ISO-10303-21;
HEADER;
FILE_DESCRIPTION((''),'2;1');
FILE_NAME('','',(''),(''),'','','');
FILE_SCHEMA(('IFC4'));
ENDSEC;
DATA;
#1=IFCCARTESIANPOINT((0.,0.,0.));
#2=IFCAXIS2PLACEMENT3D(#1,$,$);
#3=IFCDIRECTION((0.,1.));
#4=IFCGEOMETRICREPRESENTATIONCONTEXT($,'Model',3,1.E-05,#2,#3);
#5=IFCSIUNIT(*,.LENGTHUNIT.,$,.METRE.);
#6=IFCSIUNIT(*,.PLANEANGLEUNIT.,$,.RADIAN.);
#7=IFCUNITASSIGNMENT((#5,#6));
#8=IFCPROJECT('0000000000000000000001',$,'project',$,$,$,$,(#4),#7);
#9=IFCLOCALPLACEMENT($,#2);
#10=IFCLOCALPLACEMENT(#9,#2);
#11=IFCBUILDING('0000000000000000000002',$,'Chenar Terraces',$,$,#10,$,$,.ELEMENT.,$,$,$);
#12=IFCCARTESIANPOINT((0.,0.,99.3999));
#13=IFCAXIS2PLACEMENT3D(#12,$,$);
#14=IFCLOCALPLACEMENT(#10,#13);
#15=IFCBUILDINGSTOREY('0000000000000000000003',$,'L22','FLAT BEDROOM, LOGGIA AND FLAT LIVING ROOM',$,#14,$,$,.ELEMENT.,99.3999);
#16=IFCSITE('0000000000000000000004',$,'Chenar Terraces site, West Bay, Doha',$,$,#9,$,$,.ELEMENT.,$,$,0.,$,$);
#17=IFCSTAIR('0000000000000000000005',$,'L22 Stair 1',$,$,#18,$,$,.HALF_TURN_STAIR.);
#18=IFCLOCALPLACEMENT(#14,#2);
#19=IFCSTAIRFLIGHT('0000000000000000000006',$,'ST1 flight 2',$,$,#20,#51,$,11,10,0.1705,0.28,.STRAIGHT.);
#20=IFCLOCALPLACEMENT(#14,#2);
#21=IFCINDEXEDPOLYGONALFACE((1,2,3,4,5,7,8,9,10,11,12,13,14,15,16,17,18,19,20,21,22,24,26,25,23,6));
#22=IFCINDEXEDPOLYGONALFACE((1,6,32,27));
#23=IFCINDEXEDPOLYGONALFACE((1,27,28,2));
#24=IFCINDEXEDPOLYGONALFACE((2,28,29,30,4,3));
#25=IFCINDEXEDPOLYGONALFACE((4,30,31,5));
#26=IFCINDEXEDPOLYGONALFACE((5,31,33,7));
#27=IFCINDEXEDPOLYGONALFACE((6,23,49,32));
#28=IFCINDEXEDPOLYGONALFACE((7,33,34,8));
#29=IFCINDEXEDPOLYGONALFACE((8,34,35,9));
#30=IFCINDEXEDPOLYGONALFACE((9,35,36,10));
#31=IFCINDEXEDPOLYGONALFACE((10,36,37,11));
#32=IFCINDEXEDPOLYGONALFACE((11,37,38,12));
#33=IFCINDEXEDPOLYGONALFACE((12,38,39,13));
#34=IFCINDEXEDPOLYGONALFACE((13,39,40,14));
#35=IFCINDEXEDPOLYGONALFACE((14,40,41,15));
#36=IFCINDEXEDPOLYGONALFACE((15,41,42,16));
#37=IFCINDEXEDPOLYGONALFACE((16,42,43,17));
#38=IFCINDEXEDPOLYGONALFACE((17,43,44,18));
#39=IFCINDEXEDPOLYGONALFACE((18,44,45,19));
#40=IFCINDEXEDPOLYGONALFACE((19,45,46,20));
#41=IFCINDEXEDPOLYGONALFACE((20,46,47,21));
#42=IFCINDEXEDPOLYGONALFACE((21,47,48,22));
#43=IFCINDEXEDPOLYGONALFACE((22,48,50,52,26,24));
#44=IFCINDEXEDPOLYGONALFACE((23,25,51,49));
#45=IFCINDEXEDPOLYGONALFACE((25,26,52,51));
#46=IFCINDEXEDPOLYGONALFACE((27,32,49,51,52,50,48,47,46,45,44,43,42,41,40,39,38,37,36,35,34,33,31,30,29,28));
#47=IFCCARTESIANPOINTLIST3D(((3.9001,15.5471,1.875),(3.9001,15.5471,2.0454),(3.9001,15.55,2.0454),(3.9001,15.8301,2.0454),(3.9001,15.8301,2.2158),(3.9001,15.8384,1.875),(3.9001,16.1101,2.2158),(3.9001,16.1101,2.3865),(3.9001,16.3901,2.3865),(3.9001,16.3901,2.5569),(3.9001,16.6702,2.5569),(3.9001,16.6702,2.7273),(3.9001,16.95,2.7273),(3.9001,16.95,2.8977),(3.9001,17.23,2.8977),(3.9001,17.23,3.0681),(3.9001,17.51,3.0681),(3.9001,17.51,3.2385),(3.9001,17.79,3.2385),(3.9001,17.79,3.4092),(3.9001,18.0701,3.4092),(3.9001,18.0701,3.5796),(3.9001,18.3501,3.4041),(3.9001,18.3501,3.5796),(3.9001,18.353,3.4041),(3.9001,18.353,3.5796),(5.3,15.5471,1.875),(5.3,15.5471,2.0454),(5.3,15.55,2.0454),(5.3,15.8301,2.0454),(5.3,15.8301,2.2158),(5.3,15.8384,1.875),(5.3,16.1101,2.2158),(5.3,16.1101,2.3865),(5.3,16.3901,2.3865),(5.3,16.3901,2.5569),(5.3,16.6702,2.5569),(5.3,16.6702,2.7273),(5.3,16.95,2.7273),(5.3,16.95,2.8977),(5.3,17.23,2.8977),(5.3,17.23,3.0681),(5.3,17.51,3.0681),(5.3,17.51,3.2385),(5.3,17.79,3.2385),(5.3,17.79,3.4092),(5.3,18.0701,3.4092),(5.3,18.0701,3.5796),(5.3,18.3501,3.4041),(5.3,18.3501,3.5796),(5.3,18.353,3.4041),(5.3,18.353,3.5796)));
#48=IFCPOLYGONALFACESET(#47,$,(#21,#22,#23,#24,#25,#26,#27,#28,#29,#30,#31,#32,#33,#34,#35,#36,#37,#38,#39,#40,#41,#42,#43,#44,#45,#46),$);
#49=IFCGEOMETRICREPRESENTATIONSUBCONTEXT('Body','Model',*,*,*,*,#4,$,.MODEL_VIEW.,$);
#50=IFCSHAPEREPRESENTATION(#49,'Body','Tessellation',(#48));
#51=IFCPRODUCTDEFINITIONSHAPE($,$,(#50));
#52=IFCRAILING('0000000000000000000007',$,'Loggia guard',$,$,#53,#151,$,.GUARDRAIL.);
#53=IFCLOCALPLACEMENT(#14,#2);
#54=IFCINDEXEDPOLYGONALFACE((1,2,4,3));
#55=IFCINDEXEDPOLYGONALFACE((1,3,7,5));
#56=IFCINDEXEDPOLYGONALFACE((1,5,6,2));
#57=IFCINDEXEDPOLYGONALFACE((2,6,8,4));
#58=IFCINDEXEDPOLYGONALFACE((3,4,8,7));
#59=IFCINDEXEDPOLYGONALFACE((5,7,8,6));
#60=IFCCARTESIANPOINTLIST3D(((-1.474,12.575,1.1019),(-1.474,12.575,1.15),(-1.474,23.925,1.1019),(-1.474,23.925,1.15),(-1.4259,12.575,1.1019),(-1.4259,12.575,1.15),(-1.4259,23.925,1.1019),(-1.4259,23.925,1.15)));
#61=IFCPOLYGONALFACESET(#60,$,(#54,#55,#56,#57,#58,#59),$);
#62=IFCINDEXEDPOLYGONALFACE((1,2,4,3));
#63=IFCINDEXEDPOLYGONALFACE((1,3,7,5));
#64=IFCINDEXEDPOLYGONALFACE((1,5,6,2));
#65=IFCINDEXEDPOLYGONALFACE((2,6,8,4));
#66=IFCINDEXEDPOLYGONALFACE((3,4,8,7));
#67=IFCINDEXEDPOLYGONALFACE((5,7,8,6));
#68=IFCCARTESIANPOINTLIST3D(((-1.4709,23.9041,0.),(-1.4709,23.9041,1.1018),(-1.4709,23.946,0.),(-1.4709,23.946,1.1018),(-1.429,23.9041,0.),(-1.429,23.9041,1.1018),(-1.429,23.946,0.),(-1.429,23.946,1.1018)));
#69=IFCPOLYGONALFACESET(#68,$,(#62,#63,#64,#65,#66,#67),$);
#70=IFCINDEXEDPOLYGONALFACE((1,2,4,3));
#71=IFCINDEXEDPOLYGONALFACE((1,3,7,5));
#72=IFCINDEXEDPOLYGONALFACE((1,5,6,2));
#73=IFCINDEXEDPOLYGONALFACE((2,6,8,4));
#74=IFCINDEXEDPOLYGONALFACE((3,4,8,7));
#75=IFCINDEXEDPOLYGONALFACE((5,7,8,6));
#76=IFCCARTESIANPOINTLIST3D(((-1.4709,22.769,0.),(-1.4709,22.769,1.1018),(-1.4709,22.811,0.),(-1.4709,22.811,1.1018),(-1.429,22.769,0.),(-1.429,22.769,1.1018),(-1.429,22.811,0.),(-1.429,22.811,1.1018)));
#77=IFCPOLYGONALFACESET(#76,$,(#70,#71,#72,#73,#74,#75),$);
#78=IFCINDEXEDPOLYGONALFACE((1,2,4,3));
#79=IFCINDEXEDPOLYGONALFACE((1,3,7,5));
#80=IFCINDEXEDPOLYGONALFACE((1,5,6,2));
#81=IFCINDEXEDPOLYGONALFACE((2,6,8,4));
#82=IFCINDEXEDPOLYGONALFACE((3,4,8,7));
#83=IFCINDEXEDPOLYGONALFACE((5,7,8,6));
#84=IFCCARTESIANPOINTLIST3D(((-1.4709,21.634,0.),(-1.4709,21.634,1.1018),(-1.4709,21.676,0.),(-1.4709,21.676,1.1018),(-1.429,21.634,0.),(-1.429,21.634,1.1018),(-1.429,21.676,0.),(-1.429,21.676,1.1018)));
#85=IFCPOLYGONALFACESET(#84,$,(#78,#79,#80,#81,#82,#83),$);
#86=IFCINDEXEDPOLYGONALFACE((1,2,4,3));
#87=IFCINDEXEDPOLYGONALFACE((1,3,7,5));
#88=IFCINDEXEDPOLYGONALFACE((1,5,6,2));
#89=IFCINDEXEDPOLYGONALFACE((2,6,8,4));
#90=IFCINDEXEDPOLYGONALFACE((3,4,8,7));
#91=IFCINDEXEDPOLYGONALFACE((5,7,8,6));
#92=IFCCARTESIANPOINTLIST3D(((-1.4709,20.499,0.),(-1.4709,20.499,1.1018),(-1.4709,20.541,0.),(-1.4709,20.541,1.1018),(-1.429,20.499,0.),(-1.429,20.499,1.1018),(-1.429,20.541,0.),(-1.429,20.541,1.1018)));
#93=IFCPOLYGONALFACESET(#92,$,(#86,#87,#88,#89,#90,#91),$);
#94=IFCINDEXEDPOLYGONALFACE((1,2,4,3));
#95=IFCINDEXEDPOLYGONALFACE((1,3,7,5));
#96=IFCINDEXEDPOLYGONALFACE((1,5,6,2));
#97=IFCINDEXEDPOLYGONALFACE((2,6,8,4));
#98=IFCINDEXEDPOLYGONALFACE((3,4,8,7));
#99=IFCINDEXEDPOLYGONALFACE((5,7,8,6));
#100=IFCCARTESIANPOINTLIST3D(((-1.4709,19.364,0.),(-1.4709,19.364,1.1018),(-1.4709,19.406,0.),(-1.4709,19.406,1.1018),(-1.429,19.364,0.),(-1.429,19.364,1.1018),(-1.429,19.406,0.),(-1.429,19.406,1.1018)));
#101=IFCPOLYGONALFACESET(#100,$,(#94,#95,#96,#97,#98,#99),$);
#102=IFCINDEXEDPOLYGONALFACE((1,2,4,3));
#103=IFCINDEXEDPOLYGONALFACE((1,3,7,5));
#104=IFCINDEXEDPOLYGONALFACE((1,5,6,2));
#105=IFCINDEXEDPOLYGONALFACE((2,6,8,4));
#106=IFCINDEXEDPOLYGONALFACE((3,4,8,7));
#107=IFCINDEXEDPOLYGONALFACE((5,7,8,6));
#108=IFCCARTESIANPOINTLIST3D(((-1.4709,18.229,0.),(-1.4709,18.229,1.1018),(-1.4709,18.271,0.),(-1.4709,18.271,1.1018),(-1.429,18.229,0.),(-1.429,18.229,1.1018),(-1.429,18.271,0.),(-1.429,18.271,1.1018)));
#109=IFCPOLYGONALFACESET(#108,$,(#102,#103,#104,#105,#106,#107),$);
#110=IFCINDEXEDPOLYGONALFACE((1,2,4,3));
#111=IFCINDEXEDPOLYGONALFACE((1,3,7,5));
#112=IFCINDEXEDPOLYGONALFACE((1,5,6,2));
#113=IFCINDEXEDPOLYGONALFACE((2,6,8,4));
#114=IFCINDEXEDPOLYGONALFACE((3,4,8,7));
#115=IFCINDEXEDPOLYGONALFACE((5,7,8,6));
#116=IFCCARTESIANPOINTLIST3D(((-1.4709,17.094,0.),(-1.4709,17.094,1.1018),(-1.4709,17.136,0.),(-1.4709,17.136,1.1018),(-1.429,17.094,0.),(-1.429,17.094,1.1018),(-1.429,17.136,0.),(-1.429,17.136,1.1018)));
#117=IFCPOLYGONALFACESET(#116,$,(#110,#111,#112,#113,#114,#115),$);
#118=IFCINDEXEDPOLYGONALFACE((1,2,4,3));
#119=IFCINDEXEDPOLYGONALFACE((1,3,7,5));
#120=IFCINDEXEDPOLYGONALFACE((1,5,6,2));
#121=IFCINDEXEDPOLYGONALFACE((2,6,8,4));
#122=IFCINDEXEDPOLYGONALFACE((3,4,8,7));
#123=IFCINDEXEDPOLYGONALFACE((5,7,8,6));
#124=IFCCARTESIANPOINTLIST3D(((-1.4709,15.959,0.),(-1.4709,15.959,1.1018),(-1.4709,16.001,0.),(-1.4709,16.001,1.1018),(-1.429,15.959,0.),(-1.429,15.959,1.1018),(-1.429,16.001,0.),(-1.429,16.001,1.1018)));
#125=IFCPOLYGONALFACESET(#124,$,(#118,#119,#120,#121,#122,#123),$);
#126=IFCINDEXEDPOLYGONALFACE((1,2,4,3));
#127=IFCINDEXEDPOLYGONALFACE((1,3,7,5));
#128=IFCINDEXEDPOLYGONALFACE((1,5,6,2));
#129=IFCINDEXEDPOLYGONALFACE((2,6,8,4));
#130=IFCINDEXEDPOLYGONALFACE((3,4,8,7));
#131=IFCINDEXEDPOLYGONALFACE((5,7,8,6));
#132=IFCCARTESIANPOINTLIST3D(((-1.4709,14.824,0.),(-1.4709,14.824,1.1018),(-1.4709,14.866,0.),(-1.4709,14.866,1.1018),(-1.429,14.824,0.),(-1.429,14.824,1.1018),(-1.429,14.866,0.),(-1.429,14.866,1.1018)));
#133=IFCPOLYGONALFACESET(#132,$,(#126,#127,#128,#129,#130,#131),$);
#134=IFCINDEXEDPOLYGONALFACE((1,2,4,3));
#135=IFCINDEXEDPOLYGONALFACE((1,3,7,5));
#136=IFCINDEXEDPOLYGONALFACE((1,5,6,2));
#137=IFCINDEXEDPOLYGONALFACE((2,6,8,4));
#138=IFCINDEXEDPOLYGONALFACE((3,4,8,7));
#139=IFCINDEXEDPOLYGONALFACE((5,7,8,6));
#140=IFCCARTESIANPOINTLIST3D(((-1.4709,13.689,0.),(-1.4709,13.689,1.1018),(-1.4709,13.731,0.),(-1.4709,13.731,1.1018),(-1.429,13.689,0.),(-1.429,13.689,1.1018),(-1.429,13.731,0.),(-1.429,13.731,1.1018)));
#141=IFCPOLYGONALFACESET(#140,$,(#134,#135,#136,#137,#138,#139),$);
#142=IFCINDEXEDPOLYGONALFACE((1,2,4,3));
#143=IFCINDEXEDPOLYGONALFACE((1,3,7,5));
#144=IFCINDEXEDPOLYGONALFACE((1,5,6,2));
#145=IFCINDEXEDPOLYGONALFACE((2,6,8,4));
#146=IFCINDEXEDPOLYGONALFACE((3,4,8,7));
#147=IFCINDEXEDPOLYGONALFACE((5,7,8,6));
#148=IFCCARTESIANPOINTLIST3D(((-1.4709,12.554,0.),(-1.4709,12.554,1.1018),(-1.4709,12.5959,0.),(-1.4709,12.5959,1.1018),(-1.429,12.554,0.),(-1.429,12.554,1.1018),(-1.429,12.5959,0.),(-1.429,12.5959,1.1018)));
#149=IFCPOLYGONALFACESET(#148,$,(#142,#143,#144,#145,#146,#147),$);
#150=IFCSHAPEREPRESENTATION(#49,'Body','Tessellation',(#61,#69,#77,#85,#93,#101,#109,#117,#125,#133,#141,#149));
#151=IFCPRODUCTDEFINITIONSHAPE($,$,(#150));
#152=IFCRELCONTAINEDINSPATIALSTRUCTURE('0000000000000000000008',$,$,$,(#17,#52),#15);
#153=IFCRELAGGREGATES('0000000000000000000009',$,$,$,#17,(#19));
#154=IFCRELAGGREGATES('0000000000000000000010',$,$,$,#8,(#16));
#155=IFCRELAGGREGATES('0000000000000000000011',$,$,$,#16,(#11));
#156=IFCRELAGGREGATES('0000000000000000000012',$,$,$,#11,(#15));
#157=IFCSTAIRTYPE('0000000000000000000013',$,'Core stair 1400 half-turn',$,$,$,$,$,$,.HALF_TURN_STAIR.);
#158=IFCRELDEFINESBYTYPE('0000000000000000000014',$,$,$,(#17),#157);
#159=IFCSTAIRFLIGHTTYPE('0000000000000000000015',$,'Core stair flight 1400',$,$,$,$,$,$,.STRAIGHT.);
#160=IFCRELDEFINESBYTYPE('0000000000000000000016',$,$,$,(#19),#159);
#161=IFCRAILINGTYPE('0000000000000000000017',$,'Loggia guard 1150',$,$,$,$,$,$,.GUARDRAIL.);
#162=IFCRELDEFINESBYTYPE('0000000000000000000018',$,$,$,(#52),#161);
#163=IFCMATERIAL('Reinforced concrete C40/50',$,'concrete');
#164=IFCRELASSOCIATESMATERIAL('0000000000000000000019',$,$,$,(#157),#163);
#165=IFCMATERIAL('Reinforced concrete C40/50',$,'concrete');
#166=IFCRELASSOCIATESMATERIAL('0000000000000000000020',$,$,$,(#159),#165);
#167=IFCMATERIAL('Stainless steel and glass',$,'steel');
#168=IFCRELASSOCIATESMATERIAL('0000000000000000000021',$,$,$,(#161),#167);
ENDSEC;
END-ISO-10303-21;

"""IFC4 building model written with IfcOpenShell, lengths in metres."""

from ifc_helpers import new_model, si_unit, direction, frame, origin, origin_2d, place, context, subcontext, project, spatial, polyline, rectangle, outline, extrude, material, type_object, element, aggregate, save


model = new_model("IFC4")

# Units and contexts
model_context = context("Model", 3, precision=1e-05, world=origin(), true_north=direction((0.0, 1.0)))
body_context = subcontext(model_context, "Body", "Model", "MODEL_VIEW")
ifc_project = project(units=[si_unit("LENGTHUNIT", "METRE"), si_unit("PLANEANGLEUNIT", "RADIAN")], contexts=[model_context])

# Site, building, storey
site_placement = place(None, origin())
site = spatial("IfcSite", under=ifc_project, at=site_placement, Name="Chenar Terraces site, West Bay, Doha", CompositionType="ELEMENT", RefElevation=0.0)
building_placement = place(site_placement, origin())
building = spatial("IfcBuilding", under=site, at=building_placement, Name="Chenar Terraces", CompositionType="ELEMENT")
storey_placement = place(building_placement, frame((0.0, 0.0, 99.3999)))
storey = spatial("IfcBuildingStorey", under=building, at=storey_placement, Name="L22", Description="FLAT BEDROOM, LOGGIA AND FLAT LIVING ROOM", CompositionType="ELEMENT", Elevation=99.3999)

# Stair, stair flight
ifc_material_1 = material(Name="Reinforced concrete C40/50", Category="concrete")
stair_type = type_object("IfcStairType", Name="Core stair 1400 half-turn", PredefinedType="HALF_TURN_STAIR", material=ifc_material_1)
stair_placement = place(storey_placement, origin())
stair = element("IfcStair", 1, at=stair_placement, inside=storey, type_object=stair_type, Name="L22 Stair 1", PredefinedType="HALF_TURN_STAIR")
ifc_material_2 = material(Name="Reinforced concrete C40/50", Category="concrete")
stair_flight_type = type_object("IfcStairFlightType", Name="Core stair flight 1400", PredefinedType="STRAIGHT", material=ifc_material_2)
stair_flight_1_placement = place(storey_placement, frame((4.6001, 15.55, 1.875), z_axis=(0.0, 0.0, 1.0), x_axis=(0.0, 1.0, 0.0)))
stair_flight_1 = element("IfcStairFlight", 2, at=stair_flight_1_placement, type_object=stair_flight_type, Name="ST1 flight 2", NumberOfRisers=11, NumberOfTreads=10, PredefinedType="STRAIGHT", RiserHeight=0.1705, TreadLength=0.28, context=body_context, shape_type="SweptSolid", body=[
    extrude(outline(polyline([(-0.0029, 0.0), (-0.0029, 0.1704), (0.0, 0.1704), (0.28, 0.1704), (0.28, 0.3408), (0.5601, 0.3408), (0.5601, 0.5115), (0.8401, 0.5115), (0.8401, 0.6819), (1.1201, 0.6819), (1.1201, 0.8523), (1.3999, 0.8523), (1.3999, 1.0227), (1.6799, 1.0227), (1.6799, 1.1931), (1.96, 1.1931), (1.96, 1.3635), (2.24, 1.3635), (2.24, 1.5342), (2.52, 1.5342), (2.52, 1.7046), (2.8, 1.7046), (2.803, 1.7046), (2.803, 1.5291), (2.8, 1.5291), (0.2883, 0.0), (-0.0029, 0.0)])), frame((0.0, 0.7, 0.0), z_axis=(0.0, -1.0, 0.0), x_axis=(1.0, 0.0, 0.0)), (0.0, 0.0, 1.0), 1.3999),
])
aggregate(stair, [stair_flight_1])

# Railing
ifc_material_3 = material(Name="Stainless steel and glass", Category="steel")
railing_type_1 = type_object("IfcRailingType", Name="Loggia guard 1150", PredefinedType="GUARDRAIL", material=ifc_material_3)
railing_1_placement = place(storey_placement, frame((-1.45, 23.925, 0.0)))
element("IfcRailing", 3, at=railing_1_placement, inside=storey, type_object=railing_type_1, Name="Loggia guard", PredefinedType="GUARDRAIL", context=body_context, shape_type="SweptSolid", body=[
    extrude(rectangle(XDim=0.0481, YDim=0.0481, at=origin_2d()), frame((0.0, 0.0, 1.126), z_axis=(0.0, -1.0, 0.0), x_axis=(1.0, 0.0, 0.0)), (0.0, 0.0, 1.0), 11.3501),
    extrude(rectangle(XDim=0.042, YDim=0.042, at=origin_2d()), origin(), (0.0, 0.0, 1.0), 1.1018),
    extrude(rectangle(XDim=0.042, YDim=0.042, at=origin_2d()), frame((0.0, -1.135, 0.0)), (0.0, 0.0, 1.0), 1.1018),
    extrude(rectangle(XDim=0.042, YDim=0.042, at=origin_2d()), frame((0.0, -2.27, 0.0)), (0.0, 0.0, 1.0), 1.1018),
    extrude(rectangle(XDim=0.042, YDim=0.042, at=origin_2d()), frame((0.0, -3.405, 0.0)), (0.0, 0.0, 1.0), 1.1018),
    extrude(rectangle(XDim=0.042, YDim=0.042, at=origin_2d()), frame((0.0, -4.54, 0.0)), (0.0, 0.0, 1.0), 1.1018),
    extrude(rectangle(XDim=0.042, YDim=0.042, at=origin_2d()), frame((0.0, -5.675, 0.0)), (0.0, 0.0, 1.0), 1.1018),
    extrude(rectangle(XDim=0.042, YDim=0.042, at=origin_2d()), frame((0.0, -6.8101, 0.0)), (0.0, 0.0, 1.0), 1.1018),
    extrude(rectangle(XDim=0.042, YDim=0.042, at=origin_2d()), frame((0.0, -7.9451, 0.0)), (0.0, 0.0, 1.0), 1.1018),
    extrude(rectangle(XDim=0.042, YDim=0.042, at=origin_2d()), frame((0.0, -9.0801, 0.0)), (0.0, 0.0, 1.0), 1.1018),
    extrude(rectangle(XDim=0.042, YDim=0.042, at=origin_2d()), frame((0.0, -10.2151, 0.0)), (0.0, 0.0, 1.0), 1.1018),
    extrude(rectangle(XDim=0.042, YDim=0.042, at=origin_2d()), frame((0.0, -11.3501, 0.0)), (0.0, 0.0, 1.0), 1.1018),
])

save(model, "model.ifc")
